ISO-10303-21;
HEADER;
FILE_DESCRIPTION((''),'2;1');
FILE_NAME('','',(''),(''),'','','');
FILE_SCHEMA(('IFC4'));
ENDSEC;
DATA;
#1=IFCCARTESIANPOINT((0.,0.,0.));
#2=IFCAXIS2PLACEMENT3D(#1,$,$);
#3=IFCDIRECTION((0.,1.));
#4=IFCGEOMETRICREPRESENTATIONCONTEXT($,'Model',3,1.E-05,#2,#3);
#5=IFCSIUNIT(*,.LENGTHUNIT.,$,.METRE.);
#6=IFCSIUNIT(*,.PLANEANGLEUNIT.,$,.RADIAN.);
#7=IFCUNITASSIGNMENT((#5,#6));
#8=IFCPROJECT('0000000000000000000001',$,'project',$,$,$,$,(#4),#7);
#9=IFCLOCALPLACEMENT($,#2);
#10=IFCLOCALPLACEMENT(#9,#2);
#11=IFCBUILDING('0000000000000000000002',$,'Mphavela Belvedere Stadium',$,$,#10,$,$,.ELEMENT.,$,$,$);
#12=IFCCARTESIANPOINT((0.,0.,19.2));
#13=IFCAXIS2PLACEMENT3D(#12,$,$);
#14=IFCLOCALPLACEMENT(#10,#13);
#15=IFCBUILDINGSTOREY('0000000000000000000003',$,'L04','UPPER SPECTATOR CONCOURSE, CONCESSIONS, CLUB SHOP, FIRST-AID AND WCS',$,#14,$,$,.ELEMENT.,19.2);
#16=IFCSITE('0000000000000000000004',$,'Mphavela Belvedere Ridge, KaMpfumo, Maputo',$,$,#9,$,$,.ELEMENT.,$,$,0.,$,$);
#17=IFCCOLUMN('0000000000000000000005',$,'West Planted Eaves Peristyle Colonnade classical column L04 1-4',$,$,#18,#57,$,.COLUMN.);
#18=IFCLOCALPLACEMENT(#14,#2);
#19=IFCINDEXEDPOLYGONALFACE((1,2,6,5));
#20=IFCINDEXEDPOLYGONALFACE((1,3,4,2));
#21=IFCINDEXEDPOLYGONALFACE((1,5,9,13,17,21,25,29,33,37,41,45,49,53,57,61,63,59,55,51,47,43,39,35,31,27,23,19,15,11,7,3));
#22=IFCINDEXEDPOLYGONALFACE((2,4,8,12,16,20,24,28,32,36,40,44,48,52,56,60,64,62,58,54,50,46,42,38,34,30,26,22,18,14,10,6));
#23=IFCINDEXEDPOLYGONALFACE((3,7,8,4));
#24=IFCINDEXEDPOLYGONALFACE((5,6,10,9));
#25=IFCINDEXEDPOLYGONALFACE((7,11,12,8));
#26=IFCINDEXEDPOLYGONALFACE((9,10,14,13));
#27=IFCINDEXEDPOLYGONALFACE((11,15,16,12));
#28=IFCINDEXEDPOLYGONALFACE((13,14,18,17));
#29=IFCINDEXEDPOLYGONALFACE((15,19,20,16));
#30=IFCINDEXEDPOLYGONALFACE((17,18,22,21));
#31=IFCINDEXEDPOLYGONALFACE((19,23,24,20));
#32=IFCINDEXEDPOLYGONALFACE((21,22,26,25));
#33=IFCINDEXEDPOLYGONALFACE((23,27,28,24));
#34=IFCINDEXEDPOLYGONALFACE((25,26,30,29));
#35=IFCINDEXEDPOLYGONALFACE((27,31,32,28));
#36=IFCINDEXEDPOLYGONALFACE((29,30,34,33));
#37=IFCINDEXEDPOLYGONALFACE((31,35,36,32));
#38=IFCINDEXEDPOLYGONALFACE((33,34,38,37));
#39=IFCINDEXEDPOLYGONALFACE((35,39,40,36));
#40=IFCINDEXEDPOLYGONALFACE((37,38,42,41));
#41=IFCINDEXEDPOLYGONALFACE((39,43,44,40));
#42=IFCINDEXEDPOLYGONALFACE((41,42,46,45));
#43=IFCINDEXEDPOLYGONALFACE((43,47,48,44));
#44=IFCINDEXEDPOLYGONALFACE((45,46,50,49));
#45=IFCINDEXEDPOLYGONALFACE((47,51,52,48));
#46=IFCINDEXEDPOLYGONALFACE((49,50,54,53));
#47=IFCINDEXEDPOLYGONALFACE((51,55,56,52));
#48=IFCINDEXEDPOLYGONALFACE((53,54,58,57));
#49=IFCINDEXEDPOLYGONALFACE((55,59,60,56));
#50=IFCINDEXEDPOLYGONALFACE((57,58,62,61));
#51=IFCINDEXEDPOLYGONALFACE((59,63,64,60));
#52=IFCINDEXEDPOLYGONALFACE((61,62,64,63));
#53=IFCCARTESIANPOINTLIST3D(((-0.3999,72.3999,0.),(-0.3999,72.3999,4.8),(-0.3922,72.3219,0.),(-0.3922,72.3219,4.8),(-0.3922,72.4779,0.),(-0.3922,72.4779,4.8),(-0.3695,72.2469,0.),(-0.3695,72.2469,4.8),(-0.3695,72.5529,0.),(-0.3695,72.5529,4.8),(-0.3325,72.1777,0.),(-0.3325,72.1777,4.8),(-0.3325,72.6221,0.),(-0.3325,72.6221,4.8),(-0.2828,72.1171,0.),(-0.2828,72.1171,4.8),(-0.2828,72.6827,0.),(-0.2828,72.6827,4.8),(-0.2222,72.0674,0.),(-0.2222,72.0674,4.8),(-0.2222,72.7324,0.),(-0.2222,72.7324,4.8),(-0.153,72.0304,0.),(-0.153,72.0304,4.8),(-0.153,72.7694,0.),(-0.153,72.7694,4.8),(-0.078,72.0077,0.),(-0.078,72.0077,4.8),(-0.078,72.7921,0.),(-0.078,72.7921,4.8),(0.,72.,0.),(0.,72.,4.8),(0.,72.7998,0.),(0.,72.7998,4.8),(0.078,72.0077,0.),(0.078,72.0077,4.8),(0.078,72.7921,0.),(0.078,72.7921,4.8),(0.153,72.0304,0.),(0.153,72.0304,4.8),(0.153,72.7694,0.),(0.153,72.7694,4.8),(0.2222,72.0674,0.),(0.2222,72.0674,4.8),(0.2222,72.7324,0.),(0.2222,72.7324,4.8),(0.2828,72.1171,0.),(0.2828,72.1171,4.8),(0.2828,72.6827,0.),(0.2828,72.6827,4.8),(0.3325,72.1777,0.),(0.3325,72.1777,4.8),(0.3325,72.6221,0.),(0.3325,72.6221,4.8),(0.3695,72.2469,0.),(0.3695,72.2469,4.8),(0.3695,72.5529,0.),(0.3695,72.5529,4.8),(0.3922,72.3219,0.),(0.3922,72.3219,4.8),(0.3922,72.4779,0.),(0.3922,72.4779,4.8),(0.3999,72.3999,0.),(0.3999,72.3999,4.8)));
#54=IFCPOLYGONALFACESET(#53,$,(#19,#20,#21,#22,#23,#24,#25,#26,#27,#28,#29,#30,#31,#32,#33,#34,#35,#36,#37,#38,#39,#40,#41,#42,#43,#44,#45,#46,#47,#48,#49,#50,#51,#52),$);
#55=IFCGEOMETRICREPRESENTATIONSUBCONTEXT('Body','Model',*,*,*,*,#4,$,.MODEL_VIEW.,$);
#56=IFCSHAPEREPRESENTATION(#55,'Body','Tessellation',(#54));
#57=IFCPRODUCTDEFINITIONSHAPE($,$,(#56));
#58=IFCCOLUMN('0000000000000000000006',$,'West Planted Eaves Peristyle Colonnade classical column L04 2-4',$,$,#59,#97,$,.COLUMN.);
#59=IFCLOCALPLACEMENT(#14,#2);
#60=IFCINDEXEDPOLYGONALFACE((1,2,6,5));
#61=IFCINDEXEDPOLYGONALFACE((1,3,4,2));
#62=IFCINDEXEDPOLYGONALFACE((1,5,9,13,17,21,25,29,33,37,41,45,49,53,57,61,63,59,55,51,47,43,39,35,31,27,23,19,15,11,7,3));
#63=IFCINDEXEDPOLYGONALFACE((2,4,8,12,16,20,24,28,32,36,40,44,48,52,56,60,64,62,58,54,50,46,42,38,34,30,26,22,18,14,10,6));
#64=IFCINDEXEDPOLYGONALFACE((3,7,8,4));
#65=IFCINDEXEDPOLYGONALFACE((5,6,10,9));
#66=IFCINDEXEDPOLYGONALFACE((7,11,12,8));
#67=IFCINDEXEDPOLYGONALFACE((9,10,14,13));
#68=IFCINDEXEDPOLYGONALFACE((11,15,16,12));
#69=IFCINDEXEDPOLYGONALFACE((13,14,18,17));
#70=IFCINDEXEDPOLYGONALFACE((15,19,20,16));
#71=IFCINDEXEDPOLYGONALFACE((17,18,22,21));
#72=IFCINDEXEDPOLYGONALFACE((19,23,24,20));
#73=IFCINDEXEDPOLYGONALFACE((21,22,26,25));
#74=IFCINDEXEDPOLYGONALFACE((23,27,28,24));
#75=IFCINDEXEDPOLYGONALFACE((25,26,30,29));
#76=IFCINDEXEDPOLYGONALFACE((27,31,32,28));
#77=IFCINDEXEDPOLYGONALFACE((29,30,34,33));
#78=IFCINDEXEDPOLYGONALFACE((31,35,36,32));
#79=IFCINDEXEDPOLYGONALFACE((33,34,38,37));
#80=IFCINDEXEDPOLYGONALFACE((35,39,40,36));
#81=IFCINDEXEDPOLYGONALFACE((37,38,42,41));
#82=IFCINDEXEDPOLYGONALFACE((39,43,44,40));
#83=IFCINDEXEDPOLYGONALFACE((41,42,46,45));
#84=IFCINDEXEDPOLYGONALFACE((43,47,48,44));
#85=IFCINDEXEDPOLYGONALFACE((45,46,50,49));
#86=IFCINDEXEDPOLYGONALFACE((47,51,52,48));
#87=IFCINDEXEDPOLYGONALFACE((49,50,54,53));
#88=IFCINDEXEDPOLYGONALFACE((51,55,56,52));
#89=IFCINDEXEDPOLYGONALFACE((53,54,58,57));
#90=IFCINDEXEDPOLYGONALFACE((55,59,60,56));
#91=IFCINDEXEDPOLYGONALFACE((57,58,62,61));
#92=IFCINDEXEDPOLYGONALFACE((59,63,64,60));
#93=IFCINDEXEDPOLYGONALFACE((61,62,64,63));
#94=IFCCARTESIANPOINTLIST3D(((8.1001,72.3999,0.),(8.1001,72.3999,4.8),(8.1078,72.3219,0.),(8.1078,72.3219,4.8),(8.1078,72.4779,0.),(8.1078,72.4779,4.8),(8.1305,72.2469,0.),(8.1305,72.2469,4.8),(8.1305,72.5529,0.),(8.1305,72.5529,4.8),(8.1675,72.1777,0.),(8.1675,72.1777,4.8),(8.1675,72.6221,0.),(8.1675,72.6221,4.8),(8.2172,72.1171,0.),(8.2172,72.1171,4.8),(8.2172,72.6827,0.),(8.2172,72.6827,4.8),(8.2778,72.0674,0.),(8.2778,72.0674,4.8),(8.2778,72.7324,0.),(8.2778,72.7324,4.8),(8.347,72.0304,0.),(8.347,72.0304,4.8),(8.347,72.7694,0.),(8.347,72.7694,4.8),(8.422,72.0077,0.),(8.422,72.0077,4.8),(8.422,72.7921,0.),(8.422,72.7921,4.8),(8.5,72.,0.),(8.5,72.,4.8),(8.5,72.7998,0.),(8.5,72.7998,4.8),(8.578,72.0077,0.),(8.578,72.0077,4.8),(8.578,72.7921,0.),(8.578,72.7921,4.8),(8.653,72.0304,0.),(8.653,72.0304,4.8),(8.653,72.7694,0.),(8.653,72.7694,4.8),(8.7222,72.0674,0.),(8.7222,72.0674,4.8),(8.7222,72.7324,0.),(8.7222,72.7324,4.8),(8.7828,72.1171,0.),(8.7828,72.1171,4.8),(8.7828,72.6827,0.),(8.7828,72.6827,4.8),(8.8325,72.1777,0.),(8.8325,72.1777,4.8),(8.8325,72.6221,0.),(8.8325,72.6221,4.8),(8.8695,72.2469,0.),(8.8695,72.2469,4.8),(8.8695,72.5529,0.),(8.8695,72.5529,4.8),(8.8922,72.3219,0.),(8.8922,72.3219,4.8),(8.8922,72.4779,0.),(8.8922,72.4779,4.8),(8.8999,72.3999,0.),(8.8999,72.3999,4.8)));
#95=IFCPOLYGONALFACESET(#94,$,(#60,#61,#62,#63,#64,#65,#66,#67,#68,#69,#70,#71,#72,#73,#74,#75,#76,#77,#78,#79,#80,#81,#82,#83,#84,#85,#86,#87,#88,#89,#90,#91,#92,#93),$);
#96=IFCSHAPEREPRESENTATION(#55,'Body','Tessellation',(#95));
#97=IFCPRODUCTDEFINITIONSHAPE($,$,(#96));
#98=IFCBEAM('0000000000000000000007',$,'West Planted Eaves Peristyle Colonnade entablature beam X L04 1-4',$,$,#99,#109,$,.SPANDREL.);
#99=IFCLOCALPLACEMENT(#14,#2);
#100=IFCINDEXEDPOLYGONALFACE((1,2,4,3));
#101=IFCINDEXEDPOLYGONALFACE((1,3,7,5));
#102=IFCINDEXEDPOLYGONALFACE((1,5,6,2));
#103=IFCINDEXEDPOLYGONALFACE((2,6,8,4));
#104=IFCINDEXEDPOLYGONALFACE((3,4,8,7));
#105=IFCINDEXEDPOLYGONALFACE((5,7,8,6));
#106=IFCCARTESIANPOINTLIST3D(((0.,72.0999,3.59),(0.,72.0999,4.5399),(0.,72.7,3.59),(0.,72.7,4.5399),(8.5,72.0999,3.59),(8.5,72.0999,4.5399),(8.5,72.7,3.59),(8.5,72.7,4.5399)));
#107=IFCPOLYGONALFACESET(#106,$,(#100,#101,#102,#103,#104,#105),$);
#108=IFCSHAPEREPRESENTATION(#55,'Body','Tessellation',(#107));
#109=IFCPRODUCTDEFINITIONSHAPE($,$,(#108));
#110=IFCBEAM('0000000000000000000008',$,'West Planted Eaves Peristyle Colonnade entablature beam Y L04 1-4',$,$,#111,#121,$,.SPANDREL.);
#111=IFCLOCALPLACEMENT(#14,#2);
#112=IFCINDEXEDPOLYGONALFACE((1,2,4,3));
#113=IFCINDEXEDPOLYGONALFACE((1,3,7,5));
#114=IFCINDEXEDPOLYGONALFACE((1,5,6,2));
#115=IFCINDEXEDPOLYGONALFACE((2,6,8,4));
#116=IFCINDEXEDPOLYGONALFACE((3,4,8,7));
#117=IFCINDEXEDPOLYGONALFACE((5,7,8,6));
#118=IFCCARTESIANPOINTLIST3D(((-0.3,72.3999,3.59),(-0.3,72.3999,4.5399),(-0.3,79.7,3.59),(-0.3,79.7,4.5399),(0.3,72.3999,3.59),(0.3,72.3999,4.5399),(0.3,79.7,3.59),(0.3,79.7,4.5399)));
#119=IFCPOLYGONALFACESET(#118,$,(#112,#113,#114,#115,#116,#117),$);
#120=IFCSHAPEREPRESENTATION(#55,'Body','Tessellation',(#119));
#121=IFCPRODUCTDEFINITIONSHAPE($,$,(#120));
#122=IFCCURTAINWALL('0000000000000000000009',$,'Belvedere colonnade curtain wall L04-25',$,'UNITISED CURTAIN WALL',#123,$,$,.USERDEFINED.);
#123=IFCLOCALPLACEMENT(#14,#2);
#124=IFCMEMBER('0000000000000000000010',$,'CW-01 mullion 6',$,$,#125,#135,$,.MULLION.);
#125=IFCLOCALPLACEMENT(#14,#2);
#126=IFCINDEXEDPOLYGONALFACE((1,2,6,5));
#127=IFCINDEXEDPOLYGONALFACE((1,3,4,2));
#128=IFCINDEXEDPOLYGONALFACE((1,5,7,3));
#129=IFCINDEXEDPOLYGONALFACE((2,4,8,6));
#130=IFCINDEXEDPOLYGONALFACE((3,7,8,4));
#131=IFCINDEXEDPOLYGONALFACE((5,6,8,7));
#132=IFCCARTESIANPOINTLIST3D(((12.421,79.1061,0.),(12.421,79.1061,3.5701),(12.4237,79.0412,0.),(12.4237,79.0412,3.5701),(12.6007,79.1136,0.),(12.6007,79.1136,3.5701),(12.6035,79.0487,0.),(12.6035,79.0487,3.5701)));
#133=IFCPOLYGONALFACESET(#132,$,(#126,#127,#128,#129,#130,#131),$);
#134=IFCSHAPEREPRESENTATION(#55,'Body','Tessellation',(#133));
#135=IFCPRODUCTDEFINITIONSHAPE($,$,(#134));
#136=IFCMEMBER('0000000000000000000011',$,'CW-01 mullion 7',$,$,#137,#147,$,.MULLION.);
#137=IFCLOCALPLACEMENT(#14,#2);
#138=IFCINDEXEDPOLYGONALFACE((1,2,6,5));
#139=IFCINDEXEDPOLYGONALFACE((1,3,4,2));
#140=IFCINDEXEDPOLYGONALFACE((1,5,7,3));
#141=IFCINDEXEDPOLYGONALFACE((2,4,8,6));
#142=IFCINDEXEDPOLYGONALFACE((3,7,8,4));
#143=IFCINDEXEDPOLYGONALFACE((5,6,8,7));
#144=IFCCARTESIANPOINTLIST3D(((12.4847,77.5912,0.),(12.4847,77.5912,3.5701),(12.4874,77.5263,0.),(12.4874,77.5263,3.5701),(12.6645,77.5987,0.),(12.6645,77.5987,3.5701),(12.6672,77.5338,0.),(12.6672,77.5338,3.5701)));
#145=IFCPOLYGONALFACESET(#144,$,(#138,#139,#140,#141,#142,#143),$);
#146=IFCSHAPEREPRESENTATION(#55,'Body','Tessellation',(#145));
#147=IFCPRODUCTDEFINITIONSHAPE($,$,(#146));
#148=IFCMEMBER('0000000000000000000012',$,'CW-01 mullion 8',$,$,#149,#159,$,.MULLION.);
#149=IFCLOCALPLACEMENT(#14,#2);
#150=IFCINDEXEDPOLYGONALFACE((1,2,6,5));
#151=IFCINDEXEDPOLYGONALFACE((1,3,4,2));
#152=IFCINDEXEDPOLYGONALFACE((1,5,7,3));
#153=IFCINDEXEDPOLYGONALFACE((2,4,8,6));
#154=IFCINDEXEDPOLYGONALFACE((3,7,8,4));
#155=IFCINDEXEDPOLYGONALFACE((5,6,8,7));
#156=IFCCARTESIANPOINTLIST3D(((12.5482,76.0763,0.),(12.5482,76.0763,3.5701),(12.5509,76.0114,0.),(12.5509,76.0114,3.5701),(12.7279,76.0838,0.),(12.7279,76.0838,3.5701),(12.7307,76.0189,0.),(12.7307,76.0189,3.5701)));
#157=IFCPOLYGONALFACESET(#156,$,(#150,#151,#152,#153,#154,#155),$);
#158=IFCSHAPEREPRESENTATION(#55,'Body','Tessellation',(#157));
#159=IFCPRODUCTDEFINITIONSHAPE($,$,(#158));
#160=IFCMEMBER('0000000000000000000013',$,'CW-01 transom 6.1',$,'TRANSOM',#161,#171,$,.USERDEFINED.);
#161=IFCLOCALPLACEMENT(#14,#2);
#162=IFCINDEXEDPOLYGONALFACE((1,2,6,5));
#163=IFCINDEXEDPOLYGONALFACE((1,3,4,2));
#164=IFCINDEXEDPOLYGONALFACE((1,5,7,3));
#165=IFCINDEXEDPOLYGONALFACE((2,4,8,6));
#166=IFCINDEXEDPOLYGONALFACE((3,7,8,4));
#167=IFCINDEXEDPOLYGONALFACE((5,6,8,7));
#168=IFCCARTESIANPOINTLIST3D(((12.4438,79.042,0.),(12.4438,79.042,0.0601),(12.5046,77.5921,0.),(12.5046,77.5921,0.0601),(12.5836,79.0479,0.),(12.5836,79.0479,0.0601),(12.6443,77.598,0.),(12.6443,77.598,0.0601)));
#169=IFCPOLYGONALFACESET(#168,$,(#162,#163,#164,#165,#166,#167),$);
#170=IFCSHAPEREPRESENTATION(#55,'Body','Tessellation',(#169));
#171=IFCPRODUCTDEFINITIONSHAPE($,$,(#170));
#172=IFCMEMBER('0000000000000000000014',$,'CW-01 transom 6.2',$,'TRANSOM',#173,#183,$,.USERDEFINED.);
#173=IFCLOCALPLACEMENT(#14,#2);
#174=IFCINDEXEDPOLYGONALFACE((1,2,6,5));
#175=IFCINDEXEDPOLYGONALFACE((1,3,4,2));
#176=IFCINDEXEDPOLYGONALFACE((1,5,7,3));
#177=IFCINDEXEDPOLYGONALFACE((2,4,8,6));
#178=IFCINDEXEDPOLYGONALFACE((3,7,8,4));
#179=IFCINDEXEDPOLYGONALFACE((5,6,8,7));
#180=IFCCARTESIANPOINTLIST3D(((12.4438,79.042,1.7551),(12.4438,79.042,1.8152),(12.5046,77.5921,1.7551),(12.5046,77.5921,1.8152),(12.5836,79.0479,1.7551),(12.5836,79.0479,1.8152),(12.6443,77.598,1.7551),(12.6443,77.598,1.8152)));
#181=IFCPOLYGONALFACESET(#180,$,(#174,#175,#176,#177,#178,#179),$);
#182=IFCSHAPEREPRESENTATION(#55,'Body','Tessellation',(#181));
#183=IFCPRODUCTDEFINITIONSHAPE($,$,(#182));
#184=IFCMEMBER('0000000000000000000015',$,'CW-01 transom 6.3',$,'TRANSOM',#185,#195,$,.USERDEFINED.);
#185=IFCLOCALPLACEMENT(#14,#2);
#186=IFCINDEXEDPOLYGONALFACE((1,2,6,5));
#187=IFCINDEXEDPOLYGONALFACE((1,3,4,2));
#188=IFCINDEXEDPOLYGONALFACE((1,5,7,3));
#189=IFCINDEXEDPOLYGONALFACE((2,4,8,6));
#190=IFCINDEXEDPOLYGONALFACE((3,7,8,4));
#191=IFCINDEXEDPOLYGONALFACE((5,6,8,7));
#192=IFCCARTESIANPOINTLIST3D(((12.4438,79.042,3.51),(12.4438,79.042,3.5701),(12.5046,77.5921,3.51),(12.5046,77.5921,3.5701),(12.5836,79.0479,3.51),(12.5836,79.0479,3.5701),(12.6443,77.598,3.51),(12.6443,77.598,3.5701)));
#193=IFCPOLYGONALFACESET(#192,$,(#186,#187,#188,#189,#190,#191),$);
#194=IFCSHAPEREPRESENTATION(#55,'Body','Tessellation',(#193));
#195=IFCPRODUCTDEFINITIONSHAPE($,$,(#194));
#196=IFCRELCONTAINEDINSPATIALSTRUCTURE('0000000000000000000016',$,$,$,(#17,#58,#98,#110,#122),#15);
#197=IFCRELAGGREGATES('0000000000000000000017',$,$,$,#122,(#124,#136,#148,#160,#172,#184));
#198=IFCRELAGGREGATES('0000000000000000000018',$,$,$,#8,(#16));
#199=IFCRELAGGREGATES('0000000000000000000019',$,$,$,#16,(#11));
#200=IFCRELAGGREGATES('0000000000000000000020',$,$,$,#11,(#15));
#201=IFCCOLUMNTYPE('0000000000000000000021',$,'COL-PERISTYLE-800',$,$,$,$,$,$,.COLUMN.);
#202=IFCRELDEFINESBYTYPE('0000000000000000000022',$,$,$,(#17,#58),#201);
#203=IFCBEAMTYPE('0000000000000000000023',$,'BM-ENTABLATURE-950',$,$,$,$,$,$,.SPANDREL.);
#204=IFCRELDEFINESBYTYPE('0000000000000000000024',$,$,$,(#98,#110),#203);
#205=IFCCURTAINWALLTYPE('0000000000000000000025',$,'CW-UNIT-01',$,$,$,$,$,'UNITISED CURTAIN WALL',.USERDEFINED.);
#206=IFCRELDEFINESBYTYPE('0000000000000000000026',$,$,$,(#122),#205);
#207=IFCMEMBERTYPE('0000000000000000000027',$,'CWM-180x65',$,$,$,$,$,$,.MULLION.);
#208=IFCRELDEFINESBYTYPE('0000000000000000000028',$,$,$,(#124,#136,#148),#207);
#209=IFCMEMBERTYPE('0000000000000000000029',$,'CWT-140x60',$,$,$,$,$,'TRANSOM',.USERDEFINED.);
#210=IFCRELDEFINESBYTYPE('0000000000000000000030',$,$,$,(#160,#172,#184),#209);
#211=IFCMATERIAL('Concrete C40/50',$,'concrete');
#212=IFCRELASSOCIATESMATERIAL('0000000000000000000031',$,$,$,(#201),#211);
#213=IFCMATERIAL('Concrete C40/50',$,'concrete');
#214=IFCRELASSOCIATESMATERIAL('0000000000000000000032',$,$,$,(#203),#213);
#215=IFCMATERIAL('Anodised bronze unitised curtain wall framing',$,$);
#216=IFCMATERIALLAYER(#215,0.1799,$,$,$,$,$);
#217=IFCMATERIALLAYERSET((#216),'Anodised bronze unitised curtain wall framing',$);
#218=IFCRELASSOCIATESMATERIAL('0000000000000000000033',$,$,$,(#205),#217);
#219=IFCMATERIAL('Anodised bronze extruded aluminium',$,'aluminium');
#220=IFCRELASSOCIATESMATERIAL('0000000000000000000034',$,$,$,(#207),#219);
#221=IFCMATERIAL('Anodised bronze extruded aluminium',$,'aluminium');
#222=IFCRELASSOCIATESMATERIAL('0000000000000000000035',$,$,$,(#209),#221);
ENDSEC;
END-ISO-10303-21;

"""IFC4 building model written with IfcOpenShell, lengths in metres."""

from ifc_helpers import new_model, si_unit, direction, frame, origin, origin_2d, place, context, subcontext, project, spatial, rectangle, circle, extrude, material, layer, layer_set, material_profile, profile_set, type_object, element, aggregate, save


model = new_model("IFC4")

# Units and contexts
model_context = context("Model", 3, precision=1e-05, world=origin(), true_north=direction((0.0, 1.0)))
body_context = subcontext(model_context, "Body", "Model", "MODEL_VIEW")
ifc_project = project(units=[si_unit("LENGTHUNIT", "METRE"), si_unit("PLANEANGLEUNIT", "RADIAN")], contexts=[model_context])

# Site, building, storey
site_placement = place(None, origin())
site = spatial("IfcSite", under=ifc_project, at=site_placement, Name="Mphavela Belvedere Ridge, KaMpfumo, Maputo", CompositionType="ELEMENT", RefElevation=0.0)
building_placement = place(site_placement, origin())
building = spatial("IfcBuilding", under=site, at=building_placement, Name="Mphavela Belvedere Stadium", CompositionType="ELEMENT")
storey_placement = place(building_placement, frame((0.0, 0.0, 19.2)))
storey = spatial("IfcBuildingStorey", under=building, at=storey_placement, Name="L04", Description="UPPER SPECTATOR CONCOURSE, CONCESSIONS, CLUB SHOP, FIRST-AID AND WCS", CompositionType="ELEMENT", Elevation=19.2)

# Columns
ifc_material_1 = material(Name="Concrete C40/50", Category="concrete")
ifc_material_profile_1 = material_profile(ifc_material_1, circle(Radius=0.3999, at=origin_2d()), Name="COL D800")
ifc_profile_set_1 = profile_set([ifc_material_profile_1], Name="Concrete C40/50")
column_type = type_object("IfcColumnType", Name="COL-PERISTYLE-800", PredefinedType="COLUMN", material=ifc_profile_set_1)
for number, where, z_axis, x_axis, name in (
    (1, (0.0, 72.3999, 0.0), (0.0, 0.0, 1.0), (1.0, 0.0, 0.0), "West Planted Eaves Peristyle Colonnade classical column L04 1-4"),
    (2, (8.5, 72.3999, 0.0), (0.0, 0.0, 1.0), (1.0, 0.0, 0.0), "West Planted Eaves Peristyle Colonnade classical column L04 2-4"),
):
    element("IfcColumn", number, at=place(storey_placement, frame(where, z_axis=z_axis, x_axis=x_axis)), inside=storey, type_object=column_type, Name=name, PredefinedType="COLUMN", context=body_context, shape_type="SweptSolid", body=[
        extrude(circle(Radius=0.3999, at=origin_2d()), origin(), (0.0, 0.0, 1.0), 4.8),
    ])

# Beams
ifc_material_2 = material(Name="Concrete C40/50", Category="concrete")
ifc_material_profile_2 = material_profile(ifc_material_2, rectangle(XDim=0.6001, YDim=0.95, at=origin_2d()), Name="RC 600x950")
ifc_profile_set_2 = profile_set([ifc_material_profile_2], Name="Concrete C40/50")
beam_type = type_object("IfcBeamType", Name="BM-ENTABLATURE-950", PredefinedType="SPANDREL", material=ifc_profile_set_2)
beam_1_placement = place(storey_placement, frame((0.0, 72.3999, 4.0649), z_axis=(1.0, 0.0, 0.0), x_axis=(0.0, 1.0, 0.0)))
element("IfcBeam", 3, at=beam_1_placement, inside=storey, type_object=beam_type, Name="West Planted Eaves Peristyle Colonnade entablature beam X L04 1-4", PredefinedType="SPANDREL", context=body_context, shape_type="SweptSolid", body=[
    extrude(rectangle(XDim=0.6001, YDim=0.95, at=origin_2d()), origin(), (0.0, 0.0, 1.0), 8.5),
])
beam_2_placement = place(storey_placement, frame((0.0, 72.3999, 4.0649), z_axis=(0.0, 1.0, 0.0), x_axis=(-1.0, 0.0, 0.0)))
element("IfcBeam", 4, at=beam_2_placement, inside=storey, type_object=beam_type, Name="West Planted Eaves Peristyle Colonnade entablature beam Y L04 1-4", PredefinedType="SPANDREL", context=body_context, shape_type="SweptSolid", body=[
    extrude(rectangle(XDim=0.6001, YDim=0.95, at=origin_2d()), origin(), (0.0, 0.0, 1.0), 7.3),
])

# Curtain wall, members
ifc_material_3 = material(Name="Anodised bronze unitised curtain wall framing")
ifc_layer_1 = layer(ifc_material_3, 0.1799)
ifc_layer_set_1 = layer_set([ifc_layer_1], Name="Anodised bronze unitised curtain wall framing")
curtain_wall_type = type_object("IfcCurtainWallType", Name="CW-UNIT-01", ElementType="UNITISED CURTAIN WALL", PredefinedType="USERDEFINED", material=ifc_layer_set_1)
curtain_wall_placement = place(storey_placement, origin())
curtain_wall = element("IfcCurtainWall", 5, at=curtain_wall_placement, inside=storey, type_object=curtain_wall_type, Name="Belvedere colonnade curtain wall L04-25", ObjectType="UNITISED CURTAIN WALL", PredefinedType="USERDEFINED")
ifc_material_4 = material(Name="Anodised bronze extruded aluminium", Category="aluminium")
ifc_material_profile_3 = material_profile(ifc_material_4, rectangle(XDim=0.1799, YDim=0.0649, at=origin_2d()), Name="CW-MUL 180x65")
ifc_profile_set_3 = profile_set([ifc_material_profile_3], Name="Anodised bronze extruded aluminium")
member_type_1 = type_object("IfcMemberType", Name="CWM-180x65", PredefinedType="MULLION", material=ifc_profile_set_3)
member_1_placement = place(storey_placement, frame((12.5122, 79.0774, 0.0), z_axis=(0.0, 0.0, 1.0), x_axis=(0.999122, 0.041905, 0.0)))
member_1 = element("IfcMember", 6, at=member_1_placement, type_object=member_type_1, Name="CW-01 mullion 6", PredefinedType="MULLION", context=body_context, shape_type="SweptSolid", body=[
    extrude(rectangle(XDim=0.1799, YDim=0.0649, at=origin_2d()), origin(), (0.0, 0.0, 1.0), 3.5701),
])
member_2_placement = place(storey_placement, frame((12.5759, 77.5625, 0.0), z_axis=(0.0, 0.0, 1.0), x_axis=(0.999122, 0.041905, 0.0)))
member_2 = element("IfcMember", 7, at=member_2_placement, type_object=member_type_1, Name="CW-01 mullion 7", PredefinedType="MULLION", context=body_context, shape_type="SweptSolid", body=[
    extrude(rectangle(XDim=0.1799, YDim=0.0649, at=origin_2d()), origin(), (0.0, 0.0, 1.0), 3.5701),
])
member_3_placement = place(storey_placement, frame((12.6394, 76.0476, 0.0), z_axis=(0.0, 0.0, 1.0), x_axis=(0.999122, 0.041905, 0.0)))
member_3 = element("IfcMember", 8, at=member_3_placement, type_object=member_type_1, Name="CW-01 mullion 8", PredefinedType="MULLION", context=body_context, shape_type="SweptSolid", body=[
    extrude(rectangle(XDim=0.1799, YDim=0.0649, at=origin_2d()), origin(), (0.0, 0.0, 1.0), 3.5701),
])
ifc_material_5 = material(Name="Anodised bronze extruded aluminium", Category="aluminium")
ifc_material_profile_4 = material_profile(ifc_material_5, rectangle(XDim=0.1399, YDim=0.0601, at=origin_2d()), Name="CW-TRN 140x60")
ifc_profile_set_4 = profile_set([ifc_material_profile_4], Name="Anodised bronze extruded aluminium")
member_type_2 = type_object("IfcMemberType", Name="CWT-140x60", ElementType="TRANSOM", PredefinedType="USERDEFINED", material=ifc_profile_set_4)
member_4_placement = place(storey_placement, frame((12.5137, 79.0449, 0.03), z_axis=(0.041889, -0.999122, 0.0), x_axis=(0.999122, 0.041889, 0.0)))
member_4 = element("IfcMember", 9, at=member_4_placement, type_object=member_type_2, Name="CW-01 transom 6.1", ObjectType="TRANSOM", PredefinedType="USERDEFINED", context=body_context, shape_type="SweptSolid", body=[
    extrude(rectangle(XDim=0.1399, YDim=0.0601, at=origin_2d()), origin(), (0.0, 0.0, 1.0), 1.4512),
])
member_5_placement = place(storey_placement, frame((12.5137, 79.0449, 1.7852), z_axis=(0.041889, -0.999122, 0.0), x_axis=(0.999122, 0.041889, 0.0)))
member_5 = element("IfcMember", 10, at=member_5_placement, type_object=member_type_2, Name="CW-01 transom 6.2", ObjectType="TRANSOM", PredefinedType="USERDEFINED", context=body_context, shape_type="SweptSolid", body=[
    extrude(rectangle(XDim=0.1399, YDim=0.0601, at=origin_2d()), origin(), (0.0, 0.0, 1.0), 1.4512),
])
member_6_placement = place(storey_placement, frame((12.5137, 79.0449, 3.54), z_axis=(0.041889, -0.999122, 0.0), x_axis=(0.999122, 0.041889, 0.0)))
member_6 = element("IfcMember", 11, at=member_6_placement, type_object=member_type_2, Name="CW-01 transom 6.3", ObjectType="TRANSOM", PredefinedType="USERDEFINED", context=body_context, shape_type="SweptSolid", body=[
    extrude(rectangle(XDim=0.1399, YDim=0.0601, at=origin_2d()), origin(), (0.0, 0.0, 1.0), 1.4512),
])
aggregate(curtain_wall, [member_1, member_2, member_3, member_4, member_5, member_6])

save(model, "model.ifc")
